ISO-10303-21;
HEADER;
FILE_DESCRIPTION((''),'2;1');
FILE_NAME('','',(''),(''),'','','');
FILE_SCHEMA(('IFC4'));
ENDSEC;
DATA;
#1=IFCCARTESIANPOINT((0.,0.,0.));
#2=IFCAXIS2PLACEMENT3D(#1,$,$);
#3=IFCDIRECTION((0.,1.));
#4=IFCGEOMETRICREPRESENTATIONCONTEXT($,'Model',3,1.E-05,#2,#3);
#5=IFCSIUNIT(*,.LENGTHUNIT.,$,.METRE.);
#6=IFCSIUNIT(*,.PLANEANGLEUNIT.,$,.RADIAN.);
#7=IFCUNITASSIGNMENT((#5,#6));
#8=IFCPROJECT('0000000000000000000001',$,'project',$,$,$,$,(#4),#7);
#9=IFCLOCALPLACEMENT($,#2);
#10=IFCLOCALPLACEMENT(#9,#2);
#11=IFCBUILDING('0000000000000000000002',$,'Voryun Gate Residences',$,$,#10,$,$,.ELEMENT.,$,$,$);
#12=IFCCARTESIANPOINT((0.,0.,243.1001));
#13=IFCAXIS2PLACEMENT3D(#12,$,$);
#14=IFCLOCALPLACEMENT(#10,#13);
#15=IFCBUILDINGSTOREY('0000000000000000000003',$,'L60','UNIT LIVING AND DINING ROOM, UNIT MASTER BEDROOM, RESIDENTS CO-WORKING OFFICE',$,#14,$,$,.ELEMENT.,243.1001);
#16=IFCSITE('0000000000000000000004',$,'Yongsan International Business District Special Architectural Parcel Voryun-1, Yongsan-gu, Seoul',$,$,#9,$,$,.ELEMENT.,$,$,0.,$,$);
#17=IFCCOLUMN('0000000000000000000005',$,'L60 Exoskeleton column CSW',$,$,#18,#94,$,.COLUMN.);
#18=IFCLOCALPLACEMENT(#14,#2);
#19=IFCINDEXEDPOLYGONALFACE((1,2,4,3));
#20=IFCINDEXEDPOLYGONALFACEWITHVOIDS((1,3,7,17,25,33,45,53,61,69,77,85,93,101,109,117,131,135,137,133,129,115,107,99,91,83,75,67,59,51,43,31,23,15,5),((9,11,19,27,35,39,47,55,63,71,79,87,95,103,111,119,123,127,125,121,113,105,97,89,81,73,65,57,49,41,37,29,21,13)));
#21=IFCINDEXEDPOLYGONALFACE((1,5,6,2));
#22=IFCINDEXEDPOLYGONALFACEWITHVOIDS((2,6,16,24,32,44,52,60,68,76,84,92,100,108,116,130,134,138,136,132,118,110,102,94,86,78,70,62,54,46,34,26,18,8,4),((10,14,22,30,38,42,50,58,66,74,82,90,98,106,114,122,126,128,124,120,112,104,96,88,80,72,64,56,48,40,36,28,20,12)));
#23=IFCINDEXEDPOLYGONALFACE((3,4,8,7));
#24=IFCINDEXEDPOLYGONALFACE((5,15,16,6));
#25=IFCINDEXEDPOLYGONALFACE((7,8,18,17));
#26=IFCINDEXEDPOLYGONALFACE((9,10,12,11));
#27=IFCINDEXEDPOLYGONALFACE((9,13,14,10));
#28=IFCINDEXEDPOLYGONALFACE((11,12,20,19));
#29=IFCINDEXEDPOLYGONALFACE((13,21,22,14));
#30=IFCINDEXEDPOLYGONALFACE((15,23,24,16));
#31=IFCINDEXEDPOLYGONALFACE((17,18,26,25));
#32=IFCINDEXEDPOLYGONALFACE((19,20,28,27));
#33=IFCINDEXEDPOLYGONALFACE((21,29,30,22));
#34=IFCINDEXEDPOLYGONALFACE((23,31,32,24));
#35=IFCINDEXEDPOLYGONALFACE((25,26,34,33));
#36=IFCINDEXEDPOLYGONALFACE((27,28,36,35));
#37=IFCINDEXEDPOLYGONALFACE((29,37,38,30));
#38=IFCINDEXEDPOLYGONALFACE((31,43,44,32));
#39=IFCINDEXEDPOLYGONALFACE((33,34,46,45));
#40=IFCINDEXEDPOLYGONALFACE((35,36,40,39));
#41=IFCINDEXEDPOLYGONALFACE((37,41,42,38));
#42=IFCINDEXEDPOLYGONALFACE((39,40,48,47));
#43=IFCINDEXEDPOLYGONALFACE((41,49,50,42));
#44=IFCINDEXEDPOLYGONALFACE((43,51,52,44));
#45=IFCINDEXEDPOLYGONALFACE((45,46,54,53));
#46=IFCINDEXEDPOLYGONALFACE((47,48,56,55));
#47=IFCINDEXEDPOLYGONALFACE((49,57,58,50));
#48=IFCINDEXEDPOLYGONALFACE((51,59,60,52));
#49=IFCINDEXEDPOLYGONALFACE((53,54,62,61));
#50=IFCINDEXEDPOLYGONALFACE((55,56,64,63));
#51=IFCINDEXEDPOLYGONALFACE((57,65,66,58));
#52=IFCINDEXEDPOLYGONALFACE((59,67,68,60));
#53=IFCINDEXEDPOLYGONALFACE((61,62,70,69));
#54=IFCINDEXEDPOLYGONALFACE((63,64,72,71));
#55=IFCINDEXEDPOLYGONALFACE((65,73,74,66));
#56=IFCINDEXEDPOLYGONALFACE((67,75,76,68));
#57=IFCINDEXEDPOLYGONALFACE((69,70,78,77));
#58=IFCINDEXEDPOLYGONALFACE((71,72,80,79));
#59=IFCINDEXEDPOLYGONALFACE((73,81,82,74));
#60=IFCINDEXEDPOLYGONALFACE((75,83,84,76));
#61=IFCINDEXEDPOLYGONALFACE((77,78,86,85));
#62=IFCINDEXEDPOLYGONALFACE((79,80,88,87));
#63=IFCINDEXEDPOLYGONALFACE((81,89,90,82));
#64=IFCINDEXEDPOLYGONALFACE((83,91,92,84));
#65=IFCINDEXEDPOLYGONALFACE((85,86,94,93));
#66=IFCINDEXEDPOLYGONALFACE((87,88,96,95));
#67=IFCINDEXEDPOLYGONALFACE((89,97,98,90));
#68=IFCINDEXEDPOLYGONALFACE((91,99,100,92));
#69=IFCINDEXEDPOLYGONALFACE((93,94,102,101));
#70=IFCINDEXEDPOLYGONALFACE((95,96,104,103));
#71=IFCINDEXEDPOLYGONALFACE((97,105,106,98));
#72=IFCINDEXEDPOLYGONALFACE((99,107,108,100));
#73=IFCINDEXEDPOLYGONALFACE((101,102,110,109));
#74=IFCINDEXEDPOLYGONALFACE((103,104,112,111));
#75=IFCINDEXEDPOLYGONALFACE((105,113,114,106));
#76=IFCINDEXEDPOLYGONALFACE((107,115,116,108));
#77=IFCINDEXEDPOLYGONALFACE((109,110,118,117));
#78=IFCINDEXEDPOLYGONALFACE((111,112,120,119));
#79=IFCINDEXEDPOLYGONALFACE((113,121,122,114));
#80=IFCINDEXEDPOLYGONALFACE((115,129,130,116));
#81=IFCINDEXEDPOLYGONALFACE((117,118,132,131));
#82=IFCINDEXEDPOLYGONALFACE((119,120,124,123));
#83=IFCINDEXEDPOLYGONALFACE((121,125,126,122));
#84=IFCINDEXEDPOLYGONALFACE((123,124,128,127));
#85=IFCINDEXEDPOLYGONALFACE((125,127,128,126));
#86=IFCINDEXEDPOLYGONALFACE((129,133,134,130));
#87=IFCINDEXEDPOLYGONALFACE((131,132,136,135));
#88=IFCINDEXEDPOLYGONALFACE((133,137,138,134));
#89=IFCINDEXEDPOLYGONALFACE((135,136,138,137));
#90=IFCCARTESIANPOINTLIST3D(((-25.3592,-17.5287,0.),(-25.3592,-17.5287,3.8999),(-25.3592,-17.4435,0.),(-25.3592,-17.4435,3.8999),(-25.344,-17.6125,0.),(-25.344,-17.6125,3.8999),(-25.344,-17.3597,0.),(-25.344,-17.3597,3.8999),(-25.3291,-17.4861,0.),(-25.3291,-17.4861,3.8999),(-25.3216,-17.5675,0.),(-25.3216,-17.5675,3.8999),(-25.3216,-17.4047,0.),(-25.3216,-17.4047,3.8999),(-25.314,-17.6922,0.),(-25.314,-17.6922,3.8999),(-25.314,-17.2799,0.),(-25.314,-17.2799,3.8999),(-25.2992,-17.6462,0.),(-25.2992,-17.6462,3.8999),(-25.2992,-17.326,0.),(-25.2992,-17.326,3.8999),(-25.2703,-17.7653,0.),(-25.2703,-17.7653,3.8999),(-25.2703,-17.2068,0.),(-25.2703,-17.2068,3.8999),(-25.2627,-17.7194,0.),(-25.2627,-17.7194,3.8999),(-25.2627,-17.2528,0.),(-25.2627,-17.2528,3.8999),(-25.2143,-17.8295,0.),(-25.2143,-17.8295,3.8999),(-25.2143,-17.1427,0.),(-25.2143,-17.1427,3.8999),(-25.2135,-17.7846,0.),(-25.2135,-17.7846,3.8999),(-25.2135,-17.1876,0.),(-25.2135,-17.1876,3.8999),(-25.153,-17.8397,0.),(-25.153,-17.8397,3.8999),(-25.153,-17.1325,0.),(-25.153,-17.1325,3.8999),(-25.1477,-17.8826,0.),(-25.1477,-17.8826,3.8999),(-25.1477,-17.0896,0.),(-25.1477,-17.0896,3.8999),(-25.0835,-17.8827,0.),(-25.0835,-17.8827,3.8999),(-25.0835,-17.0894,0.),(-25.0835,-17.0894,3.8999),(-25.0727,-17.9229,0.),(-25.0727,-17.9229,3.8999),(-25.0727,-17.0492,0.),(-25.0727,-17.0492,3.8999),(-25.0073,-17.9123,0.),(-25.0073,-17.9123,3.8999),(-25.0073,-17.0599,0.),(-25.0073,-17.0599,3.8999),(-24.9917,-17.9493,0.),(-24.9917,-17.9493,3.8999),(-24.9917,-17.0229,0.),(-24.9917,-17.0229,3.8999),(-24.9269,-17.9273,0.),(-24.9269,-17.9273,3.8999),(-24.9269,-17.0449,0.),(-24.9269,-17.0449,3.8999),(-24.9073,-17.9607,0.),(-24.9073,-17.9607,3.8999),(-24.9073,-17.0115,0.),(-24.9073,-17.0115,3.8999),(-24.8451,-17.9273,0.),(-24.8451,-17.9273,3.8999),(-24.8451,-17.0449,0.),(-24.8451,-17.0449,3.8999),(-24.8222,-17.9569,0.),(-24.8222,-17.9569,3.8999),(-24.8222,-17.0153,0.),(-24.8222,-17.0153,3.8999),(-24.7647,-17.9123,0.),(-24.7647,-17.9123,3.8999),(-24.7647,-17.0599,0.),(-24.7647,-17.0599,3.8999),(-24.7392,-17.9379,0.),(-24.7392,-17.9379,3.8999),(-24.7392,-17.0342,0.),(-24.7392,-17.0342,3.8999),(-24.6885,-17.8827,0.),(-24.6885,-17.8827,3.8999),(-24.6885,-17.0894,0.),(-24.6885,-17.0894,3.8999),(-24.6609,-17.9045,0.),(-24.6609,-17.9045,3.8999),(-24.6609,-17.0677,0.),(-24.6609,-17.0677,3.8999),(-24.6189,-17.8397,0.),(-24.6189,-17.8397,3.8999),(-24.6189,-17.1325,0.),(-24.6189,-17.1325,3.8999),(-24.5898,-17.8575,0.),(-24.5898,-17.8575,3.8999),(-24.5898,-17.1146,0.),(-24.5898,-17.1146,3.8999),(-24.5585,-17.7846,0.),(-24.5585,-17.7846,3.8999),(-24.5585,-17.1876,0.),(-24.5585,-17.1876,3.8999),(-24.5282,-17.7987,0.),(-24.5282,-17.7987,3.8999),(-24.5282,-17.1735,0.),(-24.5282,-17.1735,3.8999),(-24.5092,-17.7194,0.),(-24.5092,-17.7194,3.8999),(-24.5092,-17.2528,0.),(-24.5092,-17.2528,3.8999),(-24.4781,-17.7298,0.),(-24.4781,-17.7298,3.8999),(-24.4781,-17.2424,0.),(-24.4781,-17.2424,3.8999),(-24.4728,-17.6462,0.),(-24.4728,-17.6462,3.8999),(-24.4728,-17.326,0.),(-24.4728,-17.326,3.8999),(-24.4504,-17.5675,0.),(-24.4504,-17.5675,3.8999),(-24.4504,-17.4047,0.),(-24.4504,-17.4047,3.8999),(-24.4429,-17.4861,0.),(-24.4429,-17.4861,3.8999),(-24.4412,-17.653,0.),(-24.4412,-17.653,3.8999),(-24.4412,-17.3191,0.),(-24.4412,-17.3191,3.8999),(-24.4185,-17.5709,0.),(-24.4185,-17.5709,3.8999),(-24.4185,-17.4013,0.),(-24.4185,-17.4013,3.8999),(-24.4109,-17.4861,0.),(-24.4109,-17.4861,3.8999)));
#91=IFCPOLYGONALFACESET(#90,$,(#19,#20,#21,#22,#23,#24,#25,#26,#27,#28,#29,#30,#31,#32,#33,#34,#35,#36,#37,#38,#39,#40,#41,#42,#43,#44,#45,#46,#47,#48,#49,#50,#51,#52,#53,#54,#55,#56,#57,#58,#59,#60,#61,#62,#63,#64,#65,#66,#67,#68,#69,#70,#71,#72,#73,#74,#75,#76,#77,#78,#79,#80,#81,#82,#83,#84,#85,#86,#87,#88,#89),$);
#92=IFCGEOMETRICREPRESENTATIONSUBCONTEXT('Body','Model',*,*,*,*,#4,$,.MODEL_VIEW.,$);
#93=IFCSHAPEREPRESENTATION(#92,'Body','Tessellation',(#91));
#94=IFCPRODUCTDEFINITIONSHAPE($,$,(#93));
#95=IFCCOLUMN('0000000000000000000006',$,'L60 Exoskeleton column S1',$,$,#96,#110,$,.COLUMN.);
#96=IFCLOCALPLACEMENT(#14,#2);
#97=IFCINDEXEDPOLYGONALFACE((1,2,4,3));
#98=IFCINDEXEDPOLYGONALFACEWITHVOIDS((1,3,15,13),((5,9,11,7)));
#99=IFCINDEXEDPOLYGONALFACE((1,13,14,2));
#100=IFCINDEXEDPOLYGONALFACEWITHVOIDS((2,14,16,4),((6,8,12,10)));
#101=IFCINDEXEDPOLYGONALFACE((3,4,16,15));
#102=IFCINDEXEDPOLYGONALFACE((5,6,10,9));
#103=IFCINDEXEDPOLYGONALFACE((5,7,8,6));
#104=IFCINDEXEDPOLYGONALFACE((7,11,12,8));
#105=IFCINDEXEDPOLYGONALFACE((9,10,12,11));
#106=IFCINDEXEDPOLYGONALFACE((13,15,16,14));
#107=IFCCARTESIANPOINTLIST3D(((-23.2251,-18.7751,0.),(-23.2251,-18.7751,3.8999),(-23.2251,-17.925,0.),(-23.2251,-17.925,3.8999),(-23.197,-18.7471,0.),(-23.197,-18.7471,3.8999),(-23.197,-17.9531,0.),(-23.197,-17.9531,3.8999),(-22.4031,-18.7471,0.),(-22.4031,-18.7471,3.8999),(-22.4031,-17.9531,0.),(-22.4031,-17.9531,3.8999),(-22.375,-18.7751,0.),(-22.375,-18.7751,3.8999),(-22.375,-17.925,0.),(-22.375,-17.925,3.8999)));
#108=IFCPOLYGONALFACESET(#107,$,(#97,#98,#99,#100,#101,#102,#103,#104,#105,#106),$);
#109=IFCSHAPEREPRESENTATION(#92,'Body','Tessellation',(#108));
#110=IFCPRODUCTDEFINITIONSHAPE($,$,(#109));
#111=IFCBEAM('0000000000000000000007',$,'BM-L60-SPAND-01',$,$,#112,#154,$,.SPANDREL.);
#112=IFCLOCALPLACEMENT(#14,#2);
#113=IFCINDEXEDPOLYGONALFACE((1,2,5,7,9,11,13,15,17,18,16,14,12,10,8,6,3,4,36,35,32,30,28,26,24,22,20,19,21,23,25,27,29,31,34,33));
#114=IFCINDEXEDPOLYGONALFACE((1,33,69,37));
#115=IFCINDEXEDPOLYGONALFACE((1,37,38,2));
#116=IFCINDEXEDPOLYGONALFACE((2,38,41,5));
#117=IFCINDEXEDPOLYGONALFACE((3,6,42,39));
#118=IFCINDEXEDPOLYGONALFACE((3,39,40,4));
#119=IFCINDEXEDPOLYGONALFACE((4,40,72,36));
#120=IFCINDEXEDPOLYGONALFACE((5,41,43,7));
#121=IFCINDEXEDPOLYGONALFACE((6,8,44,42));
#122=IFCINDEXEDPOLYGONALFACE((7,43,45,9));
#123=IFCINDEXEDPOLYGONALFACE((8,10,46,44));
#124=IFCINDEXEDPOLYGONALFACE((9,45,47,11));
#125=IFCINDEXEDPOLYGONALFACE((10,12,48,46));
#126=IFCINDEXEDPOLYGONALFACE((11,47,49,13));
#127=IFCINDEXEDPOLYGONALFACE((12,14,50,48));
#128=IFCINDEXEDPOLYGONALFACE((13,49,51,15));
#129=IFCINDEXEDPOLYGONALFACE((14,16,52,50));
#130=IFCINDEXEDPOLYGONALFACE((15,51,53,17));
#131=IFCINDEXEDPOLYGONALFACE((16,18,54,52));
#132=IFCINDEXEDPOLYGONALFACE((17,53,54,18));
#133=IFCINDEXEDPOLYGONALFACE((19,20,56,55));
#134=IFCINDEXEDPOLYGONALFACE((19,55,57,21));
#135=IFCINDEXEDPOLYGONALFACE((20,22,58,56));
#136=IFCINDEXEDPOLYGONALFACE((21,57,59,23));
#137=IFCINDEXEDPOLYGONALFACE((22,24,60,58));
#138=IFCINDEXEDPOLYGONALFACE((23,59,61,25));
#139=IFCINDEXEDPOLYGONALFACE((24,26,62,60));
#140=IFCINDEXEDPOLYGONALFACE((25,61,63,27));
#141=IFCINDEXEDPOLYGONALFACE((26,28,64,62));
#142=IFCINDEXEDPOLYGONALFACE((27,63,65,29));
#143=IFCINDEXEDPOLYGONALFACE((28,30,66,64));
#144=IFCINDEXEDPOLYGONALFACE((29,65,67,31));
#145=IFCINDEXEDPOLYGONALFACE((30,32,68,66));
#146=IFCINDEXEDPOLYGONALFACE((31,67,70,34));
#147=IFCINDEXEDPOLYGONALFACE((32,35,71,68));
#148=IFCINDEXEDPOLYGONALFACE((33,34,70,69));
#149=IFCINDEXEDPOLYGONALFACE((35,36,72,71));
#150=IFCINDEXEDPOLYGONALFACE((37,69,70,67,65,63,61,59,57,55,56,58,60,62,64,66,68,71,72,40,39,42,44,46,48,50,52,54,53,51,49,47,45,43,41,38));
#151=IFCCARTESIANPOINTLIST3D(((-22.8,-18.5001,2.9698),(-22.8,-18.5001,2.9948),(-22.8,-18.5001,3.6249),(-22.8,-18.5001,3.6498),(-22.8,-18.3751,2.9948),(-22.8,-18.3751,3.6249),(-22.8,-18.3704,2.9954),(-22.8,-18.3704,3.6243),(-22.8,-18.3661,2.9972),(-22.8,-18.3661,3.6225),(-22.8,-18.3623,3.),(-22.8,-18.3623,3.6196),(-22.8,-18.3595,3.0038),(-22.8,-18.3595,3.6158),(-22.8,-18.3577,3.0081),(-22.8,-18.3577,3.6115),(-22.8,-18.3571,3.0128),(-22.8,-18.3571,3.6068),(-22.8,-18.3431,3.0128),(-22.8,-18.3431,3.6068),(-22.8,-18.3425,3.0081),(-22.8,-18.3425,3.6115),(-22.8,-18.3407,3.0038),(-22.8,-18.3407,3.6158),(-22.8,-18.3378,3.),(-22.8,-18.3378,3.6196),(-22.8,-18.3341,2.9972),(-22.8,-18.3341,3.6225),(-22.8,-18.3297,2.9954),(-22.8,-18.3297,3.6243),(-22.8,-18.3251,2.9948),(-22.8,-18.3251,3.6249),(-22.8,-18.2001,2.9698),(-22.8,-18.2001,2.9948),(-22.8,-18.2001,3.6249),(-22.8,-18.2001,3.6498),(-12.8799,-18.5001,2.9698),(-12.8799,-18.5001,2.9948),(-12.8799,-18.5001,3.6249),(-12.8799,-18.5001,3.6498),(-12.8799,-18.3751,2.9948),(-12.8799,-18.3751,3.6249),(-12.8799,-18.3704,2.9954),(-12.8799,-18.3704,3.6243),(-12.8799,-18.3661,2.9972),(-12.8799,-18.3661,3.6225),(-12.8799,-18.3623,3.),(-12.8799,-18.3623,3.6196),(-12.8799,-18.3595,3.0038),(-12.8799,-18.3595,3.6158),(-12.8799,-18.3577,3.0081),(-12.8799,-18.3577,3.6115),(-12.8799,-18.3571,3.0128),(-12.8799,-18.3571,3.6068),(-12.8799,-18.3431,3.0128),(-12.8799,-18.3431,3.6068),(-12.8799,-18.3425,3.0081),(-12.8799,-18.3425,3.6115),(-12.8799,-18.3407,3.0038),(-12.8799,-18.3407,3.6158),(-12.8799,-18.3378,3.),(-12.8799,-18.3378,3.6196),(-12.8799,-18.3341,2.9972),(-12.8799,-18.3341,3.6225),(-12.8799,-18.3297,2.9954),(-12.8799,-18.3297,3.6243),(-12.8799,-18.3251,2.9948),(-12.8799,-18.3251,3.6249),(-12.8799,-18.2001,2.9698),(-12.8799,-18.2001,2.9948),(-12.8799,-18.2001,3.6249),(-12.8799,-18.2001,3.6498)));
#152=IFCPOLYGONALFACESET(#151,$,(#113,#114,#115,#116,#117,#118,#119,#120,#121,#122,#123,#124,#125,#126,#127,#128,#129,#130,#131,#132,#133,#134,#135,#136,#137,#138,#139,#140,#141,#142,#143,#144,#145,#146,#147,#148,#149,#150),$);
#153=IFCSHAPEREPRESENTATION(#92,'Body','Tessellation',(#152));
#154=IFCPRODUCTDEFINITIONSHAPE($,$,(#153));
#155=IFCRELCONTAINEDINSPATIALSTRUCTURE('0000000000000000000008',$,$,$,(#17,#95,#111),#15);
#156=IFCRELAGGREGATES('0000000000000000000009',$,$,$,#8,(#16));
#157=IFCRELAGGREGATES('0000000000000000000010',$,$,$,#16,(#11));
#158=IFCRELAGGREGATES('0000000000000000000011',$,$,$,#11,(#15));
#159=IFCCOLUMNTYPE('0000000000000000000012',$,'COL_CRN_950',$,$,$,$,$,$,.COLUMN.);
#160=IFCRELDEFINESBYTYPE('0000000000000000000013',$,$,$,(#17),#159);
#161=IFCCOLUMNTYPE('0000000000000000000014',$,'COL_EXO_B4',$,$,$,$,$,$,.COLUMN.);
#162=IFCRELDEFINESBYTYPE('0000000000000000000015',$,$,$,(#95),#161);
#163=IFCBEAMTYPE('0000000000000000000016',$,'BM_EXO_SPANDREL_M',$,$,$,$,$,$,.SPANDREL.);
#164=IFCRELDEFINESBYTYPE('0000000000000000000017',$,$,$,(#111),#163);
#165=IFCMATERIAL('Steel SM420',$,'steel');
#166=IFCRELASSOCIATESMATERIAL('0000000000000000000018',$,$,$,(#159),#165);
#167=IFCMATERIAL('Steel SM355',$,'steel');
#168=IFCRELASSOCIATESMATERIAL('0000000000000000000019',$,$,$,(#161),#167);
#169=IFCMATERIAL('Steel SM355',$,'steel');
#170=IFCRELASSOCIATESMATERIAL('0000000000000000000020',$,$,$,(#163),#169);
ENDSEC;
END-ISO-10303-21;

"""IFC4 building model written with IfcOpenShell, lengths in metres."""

from ifc_helpers import new_model, si_unit, direction, frame, origin, origin_2d, place, context, subcontext, project, spatial, hollow_rectangle, hollow_circle, i_section, extrude, material, material_profile, profile_set, type_object, element, save


model = new_model("IFC4")

# Units and contexts
model_context = context("Model", 3, precision=1e-05, world=origin(), true_north=direction((0.0, 1.0)))
body_context = subcontext(model_context, "Body", "Model", "MODEL_VIEW")
ifc_project = project(units=[si_unit("LENGTHUNIT", "METRE"), si_unit("PLANEANGLEUNIT", "RADIAN")], contexts=[model_context])

# Site, building, storey
site_placement = place(None, origin())
site = spatial("IfcSite", under=ifc_project, at=site_placement, Name="Yongsan International Business District Special Architectural Parcel Voryun-1, Yongsan-gu, Seoul", CompositionType="ELEMENT", RefElevation=0.0)
building_placement = place(site_placement, origin())
building = spatial("IfcBuilding", under=site, at=building_placement, Name="Voryun Gate Residences", CompositionType="ELEMENT")
storey_placement = place(building_placement, frame((0.0, 0.0, 243.1001)))
storey = spatial("IfcBuildingStorey", under=building, at=storey_placement, Name="L60", Description="UNIT LIVING AND DINING ROOM, UNIT MASTER BEDROOM, RESIDENTS CO-WORKING OFFICE", CompositionType="ELEMENT", Elevation=243.1001)

# Columns
ifc_material_1 = material(Name="Steel SM420", Category="steel")
ifc_material_profile_1 = material_profile(ifc_material_1, hollow_circle(Radius=0.4751, WallThickness=0.032, at=origin_2d()), Name="CHS-950x32")
ifc_profile_set_1 = profile_set([ifc_material_profile_1], Name="Steel SM420")
column_type_1 = type_object("IfcColumnType", Name="COL_CRN_950", PredefinedType="COLUMN", material=ifc_profile_set_1)
column_1_placement = place(storey_placement, frame((-24.886, -17.4861, 0.0), z_axis=(0.0, 0.0, 1.0), x_axis=(1.0, 0.0, 0.0)))
element("IfcColumn", 1, at=column_1_placement, inside=storey, type_object=column_type_1, Name="L60 Exoskeleton column CSW", PredefinedType="COLUMN", context=body_context, shape_type="SweptSolid", body=[
    extrude(hollow_circle(Radius=0.4751, WallThickness=0.032, at=origin_2d()), origin(), (0.0, 0.0, 1.0), 3.8999),
])
ifc_material_2 = material(Name="Steel SM355", Category="steel")
ifc_material_profile_2 = material_profile(ifc_material_2, hollow_rectangle(XDim=0.8501, YDim=0.8501, WallThickness=0.0281, at=origin_2d()), Name="BOX-850x850x28")
ifc_profile_set_2 = profile_set([ifc_material_profile_2], Name="Steel SM355")
column_type_2 = type_object("IfcColumnType", Name="COL_EXO_B4", PredefinedType="COLUMN", material=ifc_profile_set_2)
column_2_placement = place(storey_placement, frame((-22.8, -18.3501, 0.0), z_axis=(0.0, 0.0, 1.0), x_axis=(1.0, 0.0, 0.0)))
element("IfcColumn", 2, at=column_2_placement, inside=storey, type_object=column_type_2, Name="L60 Exoskeleton column S1", PredefinedType="COLUMN", context=body_context, shape_type="SweptSolid", body=[
    extrude(hollow_rectangle(XDim=0.8501, YDim=0.8501, WallThickness=0.0281, at=origin_2d()), origin(), (0.0, 0.0, 1.0), 3.8999),
])

# Beam
ifc_material_3 = material(Name="Steel SM355", Category="steel")
ifc_material_profile_3 = material_profile(ifc_material_3, i_section(OverallWidth=0.3, OverallDepth=0.6799, WebThickness=0.0139, FlangeThickness=0.0249, FilletRadius=0.0181, at=origin_2d()), Name="H-680x300x14x25")
ifc_profile_set_3 = profile_set([ifc_material_profile_3], Name="Steel SM355")
beam_type = type_object("IfcBeamType", Name="BM_EXO_SPANDREL_M", PredefinedType="SPANDREL", material=ifc_profile_set_3)
beam_1_placement = place(storey_placement, frame((-22.8, -18.3501, 3.3098), z_axis=(1.0, 0.0, 0.0), x_axis=(0.0, 1.0, 0.0)))
element("IfcBeam", 3, at=beam_1_placement, inside=storey, type_object=beam_type, Name="BM-L60-SPAND-01", PredefinedType="SPANDREL", context=body_context, shape_type="SweptSolid", body=[
    extrude(i_section(OverallWidth=0.3, OverallDepth=0.6799, WebThickness=0.0139, FlangeThickness=0.0249, FilletRadius=0.0181, at=origin_2d()), origin(), (0.0, 0.0, 1.0), 9.9202),
])

save(model, "model.ifc")
